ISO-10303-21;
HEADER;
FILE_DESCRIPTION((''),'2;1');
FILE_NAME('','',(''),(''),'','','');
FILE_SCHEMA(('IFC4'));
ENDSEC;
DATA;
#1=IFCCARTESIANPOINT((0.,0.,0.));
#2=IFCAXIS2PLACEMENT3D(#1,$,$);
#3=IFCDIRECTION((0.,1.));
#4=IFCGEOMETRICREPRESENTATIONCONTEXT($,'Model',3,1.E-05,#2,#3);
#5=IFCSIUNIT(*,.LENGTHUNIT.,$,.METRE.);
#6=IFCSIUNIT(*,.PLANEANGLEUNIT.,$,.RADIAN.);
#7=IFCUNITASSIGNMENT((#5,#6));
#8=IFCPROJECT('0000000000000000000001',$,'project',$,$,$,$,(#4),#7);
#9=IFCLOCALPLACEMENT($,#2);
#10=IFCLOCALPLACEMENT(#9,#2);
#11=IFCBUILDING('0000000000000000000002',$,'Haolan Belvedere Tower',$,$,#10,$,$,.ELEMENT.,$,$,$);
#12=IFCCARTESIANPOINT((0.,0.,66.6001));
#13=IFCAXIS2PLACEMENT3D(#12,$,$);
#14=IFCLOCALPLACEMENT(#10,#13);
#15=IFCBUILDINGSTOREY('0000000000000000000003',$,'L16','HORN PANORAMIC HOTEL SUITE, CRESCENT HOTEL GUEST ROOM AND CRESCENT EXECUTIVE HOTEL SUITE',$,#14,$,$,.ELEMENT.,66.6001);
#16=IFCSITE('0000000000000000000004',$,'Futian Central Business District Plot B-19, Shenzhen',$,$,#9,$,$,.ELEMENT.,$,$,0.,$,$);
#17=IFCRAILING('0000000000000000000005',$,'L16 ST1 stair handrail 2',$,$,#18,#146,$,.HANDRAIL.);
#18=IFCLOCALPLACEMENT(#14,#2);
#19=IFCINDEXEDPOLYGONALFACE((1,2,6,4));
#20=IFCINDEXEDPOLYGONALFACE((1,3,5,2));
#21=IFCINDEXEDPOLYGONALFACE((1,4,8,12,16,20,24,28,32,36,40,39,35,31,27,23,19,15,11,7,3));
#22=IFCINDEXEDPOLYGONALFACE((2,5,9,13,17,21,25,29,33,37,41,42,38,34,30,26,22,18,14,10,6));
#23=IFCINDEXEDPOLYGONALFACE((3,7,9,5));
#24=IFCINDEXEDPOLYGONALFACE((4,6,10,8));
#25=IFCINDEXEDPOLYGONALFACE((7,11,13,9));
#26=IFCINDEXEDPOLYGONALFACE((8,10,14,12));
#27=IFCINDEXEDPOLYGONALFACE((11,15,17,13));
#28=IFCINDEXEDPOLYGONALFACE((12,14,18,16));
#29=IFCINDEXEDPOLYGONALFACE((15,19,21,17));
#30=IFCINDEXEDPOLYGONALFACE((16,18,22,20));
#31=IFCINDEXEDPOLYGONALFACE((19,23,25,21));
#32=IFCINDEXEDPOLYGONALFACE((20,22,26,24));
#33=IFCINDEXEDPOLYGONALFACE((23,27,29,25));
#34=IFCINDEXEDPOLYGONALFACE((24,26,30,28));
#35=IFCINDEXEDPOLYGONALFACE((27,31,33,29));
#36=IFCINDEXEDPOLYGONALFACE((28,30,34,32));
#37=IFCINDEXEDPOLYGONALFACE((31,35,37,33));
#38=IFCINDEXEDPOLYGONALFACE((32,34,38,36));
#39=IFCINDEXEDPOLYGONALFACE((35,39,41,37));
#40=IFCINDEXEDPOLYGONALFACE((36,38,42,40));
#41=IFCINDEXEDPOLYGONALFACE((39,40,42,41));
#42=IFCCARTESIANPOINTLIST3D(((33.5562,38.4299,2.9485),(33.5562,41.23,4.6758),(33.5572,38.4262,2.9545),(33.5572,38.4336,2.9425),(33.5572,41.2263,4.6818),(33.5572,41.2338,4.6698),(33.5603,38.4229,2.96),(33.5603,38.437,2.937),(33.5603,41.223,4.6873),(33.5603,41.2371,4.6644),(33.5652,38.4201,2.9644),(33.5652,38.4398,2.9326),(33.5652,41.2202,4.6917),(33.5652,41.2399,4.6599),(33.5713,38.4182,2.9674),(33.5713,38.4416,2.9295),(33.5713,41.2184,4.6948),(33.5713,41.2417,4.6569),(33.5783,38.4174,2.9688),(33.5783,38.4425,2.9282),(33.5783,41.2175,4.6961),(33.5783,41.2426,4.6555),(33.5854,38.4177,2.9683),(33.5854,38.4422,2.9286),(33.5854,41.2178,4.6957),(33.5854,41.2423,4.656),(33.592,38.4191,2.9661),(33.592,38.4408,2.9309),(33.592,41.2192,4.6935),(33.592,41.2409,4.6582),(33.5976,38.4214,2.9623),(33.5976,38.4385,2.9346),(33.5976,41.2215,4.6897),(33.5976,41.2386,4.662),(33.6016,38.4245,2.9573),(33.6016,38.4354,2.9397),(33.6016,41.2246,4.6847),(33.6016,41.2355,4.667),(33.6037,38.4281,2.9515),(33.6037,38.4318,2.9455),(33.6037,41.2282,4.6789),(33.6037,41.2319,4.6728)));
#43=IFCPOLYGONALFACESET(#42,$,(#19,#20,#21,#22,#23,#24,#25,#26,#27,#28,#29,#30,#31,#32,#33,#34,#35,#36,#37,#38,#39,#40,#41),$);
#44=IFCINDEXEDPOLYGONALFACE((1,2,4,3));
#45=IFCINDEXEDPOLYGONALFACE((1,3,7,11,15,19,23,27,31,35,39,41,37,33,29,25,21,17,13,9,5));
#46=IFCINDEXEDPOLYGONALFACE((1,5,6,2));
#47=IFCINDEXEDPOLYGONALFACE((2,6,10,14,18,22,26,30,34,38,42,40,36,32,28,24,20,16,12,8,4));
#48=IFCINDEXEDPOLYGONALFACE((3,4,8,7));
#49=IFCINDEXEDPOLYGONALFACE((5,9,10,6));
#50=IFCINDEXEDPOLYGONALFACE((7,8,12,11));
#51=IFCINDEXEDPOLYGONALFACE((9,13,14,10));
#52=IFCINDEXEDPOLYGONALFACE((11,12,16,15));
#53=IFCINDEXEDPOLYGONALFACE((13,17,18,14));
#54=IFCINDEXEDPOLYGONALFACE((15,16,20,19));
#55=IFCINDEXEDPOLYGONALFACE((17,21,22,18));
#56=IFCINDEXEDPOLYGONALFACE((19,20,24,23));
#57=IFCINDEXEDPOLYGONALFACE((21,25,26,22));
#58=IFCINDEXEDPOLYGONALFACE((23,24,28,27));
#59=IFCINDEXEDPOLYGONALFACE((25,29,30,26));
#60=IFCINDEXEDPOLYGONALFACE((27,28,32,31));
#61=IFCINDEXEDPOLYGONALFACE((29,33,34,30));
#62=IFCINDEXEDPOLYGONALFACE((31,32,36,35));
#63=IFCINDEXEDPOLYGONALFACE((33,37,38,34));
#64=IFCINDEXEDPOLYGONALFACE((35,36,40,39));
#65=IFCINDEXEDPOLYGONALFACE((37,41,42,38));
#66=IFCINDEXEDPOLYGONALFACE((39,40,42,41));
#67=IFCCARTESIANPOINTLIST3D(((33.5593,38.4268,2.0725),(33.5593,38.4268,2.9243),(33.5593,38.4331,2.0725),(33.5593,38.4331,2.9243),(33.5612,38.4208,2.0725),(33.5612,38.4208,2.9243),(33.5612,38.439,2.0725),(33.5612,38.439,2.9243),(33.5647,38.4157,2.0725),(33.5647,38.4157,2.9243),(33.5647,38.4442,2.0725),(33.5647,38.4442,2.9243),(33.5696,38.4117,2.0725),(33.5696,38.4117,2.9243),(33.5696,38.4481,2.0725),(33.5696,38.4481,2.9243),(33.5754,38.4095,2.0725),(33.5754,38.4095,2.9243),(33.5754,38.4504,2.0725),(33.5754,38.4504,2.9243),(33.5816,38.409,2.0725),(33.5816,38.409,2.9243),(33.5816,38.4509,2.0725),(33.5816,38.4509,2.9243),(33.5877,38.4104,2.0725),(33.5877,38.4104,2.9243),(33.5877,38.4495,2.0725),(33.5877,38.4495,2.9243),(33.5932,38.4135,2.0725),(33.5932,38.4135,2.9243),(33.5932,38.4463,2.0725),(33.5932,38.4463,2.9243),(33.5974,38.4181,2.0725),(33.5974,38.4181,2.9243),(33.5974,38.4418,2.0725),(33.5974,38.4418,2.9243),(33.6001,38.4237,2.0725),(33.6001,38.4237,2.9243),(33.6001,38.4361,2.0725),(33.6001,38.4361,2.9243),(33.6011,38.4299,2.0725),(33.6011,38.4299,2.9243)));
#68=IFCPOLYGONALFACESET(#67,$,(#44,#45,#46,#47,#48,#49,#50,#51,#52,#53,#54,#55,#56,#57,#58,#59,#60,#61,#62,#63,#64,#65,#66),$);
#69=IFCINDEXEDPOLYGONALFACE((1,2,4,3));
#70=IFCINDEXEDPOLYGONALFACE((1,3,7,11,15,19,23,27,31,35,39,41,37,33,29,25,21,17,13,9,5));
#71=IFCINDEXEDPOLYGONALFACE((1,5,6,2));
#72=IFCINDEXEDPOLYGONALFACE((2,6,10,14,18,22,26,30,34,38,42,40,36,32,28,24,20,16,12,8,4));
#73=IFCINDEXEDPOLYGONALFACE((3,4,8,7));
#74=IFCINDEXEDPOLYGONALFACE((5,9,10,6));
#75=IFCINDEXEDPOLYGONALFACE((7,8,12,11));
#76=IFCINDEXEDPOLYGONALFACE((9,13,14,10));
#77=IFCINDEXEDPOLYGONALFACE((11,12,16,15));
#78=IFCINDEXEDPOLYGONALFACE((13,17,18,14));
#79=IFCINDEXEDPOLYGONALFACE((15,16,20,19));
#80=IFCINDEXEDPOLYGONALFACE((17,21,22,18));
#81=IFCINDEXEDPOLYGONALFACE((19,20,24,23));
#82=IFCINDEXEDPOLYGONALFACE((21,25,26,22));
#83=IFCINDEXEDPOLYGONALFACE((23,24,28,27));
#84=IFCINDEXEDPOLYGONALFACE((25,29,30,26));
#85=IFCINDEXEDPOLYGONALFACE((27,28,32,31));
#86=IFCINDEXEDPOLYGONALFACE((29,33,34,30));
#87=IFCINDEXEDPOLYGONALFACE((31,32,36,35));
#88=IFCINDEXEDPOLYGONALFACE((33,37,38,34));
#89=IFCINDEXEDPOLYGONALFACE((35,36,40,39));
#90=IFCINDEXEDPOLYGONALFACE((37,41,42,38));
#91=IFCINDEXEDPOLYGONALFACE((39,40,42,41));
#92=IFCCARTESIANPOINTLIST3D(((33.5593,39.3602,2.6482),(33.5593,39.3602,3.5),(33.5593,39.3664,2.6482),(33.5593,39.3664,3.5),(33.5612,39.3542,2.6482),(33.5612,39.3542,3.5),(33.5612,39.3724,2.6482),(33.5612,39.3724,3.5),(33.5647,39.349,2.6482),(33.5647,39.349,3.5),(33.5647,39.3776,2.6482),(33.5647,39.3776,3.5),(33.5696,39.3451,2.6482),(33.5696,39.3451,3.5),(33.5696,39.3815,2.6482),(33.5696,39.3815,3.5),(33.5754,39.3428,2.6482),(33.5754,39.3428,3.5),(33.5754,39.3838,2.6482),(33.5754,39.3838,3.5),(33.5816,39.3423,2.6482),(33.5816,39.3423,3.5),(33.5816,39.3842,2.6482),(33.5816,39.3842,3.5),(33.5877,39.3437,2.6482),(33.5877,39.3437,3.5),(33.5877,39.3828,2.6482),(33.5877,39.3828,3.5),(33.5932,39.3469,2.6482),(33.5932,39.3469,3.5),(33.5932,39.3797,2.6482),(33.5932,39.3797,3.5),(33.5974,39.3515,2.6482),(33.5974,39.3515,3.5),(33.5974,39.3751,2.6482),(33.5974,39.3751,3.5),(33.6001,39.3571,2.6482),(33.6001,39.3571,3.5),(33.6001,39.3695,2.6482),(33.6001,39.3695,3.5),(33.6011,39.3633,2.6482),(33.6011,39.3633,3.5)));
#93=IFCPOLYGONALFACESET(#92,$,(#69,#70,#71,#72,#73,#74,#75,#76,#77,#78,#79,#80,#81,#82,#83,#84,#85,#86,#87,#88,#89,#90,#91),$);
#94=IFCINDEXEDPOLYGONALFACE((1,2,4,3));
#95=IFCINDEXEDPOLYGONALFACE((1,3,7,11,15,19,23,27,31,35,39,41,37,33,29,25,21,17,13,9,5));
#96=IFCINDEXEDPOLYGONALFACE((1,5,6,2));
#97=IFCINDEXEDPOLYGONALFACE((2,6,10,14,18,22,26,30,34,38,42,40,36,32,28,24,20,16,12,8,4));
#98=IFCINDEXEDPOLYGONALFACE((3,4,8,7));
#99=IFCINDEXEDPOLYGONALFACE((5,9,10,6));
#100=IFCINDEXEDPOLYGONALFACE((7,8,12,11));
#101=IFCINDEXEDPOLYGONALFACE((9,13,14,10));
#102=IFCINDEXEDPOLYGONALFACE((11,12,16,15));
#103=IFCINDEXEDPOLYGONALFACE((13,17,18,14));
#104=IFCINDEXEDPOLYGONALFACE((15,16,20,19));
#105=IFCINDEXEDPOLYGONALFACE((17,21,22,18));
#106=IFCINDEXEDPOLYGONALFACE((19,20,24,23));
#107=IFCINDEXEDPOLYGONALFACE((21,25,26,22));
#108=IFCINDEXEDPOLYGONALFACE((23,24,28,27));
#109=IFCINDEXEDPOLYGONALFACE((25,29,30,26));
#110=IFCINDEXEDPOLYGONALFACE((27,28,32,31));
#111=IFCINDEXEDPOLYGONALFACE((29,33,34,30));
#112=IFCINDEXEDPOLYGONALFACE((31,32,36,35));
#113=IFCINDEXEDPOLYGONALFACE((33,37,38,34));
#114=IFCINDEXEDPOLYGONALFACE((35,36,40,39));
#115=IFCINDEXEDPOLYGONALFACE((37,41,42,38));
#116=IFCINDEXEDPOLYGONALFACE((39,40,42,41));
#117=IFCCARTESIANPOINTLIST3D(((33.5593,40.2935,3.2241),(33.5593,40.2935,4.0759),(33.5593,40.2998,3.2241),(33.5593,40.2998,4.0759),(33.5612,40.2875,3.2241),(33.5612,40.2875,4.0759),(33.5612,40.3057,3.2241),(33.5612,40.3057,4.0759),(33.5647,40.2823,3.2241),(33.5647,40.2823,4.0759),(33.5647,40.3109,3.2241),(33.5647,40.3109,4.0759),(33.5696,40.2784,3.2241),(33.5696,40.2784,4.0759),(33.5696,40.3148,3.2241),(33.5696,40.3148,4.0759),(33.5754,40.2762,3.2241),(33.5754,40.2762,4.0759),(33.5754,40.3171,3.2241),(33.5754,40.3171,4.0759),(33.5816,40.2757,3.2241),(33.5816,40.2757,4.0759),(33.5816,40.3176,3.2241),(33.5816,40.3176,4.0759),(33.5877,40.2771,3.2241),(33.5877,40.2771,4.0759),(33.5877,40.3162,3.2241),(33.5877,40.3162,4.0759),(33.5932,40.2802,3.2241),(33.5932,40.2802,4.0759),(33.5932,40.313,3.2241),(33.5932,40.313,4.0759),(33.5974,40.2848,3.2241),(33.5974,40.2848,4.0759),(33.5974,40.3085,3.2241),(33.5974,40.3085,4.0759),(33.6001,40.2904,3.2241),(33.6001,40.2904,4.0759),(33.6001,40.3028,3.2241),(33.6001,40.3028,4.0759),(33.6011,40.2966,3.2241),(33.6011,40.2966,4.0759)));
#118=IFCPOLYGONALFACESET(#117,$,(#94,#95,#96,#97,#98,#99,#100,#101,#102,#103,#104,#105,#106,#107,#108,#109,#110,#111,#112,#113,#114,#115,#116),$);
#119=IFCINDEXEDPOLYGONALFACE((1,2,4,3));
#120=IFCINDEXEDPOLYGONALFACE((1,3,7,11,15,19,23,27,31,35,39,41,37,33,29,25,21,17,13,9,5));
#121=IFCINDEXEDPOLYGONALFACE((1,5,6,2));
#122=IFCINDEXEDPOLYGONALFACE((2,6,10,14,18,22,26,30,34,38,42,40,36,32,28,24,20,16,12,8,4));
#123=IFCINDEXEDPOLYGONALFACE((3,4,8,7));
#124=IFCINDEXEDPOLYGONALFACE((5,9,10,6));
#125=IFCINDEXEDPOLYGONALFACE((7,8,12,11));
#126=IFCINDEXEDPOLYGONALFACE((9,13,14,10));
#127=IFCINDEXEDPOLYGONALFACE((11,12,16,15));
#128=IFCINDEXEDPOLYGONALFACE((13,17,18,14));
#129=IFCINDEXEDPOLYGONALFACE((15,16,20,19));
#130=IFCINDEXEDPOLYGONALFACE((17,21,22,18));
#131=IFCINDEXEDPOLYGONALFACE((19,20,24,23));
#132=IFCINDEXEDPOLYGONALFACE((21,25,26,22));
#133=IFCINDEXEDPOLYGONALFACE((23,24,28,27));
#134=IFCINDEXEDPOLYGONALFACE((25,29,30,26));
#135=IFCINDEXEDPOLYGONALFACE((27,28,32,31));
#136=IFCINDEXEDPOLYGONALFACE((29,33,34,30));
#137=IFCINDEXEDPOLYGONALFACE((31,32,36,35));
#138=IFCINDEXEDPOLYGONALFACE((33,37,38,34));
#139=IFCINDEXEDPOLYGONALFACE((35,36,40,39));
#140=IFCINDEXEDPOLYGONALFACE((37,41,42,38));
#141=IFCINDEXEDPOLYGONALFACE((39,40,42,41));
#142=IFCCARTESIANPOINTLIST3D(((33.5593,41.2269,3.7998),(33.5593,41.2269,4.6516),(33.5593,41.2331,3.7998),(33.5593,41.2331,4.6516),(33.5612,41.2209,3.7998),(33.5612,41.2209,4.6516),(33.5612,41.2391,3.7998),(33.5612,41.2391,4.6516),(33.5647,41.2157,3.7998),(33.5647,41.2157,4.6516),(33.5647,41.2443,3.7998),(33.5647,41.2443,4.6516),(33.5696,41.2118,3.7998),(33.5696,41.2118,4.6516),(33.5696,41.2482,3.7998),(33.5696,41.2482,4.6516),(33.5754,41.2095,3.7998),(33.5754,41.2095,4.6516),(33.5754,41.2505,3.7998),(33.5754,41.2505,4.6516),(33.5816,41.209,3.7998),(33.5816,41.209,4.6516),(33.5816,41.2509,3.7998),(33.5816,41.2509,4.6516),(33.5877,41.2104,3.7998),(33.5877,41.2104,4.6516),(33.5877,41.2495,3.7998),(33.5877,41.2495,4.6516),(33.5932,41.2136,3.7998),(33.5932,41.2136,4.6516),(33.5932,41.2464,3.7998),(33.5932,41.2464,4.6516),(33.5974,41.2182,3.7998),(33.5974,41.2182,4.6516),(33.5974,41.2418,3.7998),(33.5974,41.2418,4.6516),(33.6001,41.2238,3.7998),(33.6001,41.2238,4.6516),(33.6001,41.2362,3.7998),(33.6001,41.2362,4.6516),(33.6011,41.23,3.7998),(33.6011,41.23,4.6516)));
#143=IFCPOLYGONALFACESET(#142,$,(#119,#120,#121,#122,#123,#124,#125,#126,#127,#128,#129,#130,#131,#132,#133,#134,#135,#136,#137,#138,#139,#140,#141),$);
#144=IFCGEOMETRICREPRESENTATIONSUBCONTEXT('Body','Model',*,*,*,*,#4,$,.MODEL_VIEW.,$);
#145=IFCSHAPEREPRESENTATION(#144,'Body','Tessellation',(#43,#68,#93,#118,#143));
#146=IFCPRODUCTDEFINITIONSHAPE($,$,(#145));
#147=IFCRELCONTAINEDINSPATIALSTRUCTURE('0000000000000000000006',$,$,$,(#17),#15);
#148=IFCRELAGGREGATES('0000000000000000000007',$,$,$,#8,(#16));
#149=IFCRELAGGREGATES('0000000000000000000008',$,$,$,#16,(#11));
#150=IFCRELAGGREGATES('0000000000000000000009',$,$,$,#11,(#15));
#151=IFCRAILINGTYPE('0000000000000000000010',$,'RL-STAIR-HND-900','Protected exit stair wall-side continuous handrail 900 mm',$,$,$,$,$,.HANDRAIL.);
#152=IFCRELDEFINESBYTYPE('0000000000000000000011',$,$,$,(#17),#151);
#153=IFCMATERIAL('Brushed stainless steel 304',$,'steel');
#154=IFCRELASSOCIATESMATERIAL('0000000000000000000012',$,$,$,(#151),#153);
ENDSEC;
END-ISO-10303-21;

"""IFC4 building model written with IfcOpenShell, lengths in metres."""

from ifc_helpers import new_model, si_unit, direction, frame, origin, origin_2d, place, context, subcontext, project, spatial, circle, extrude, material, type_object, element, save


model = new_model("IFC4")

# Units and contexts
model_context = context("Model", 3, precision=1e-05, world=origin(), true_north=direction((0.0, 1.0)))
body_context = subcontext(model_context, "Body", "Model", "MODEL_VIEW")
ifc_project = project(units=[si_unit("LENGTHUNIT", "METRE"), si_unit("PLANEANGLEUNIT", "RADIAN")], contexts=[model_context])

# Site, building, storey
site_placement = place(None, origin())
site = spatial("IfcSite", under=ifc_project, at=site_placement, Name="Futian Central Business District Plot B-19, Shenzhen", CompositionType="ELEMENT", RefElevation=0.0)
building_placement = place(site_placement, origin())
building = spatial("IfcBuilding", under=site, at=building_placement, Name="Haolan Belvedere Tower", CompositionType="ELEMENT")
storey_placement = place(building_placement, frame((0.0, 0.0, 66.6001)))
storey = spatial("IfcBuildingStorey", under=building, at=storey_placement, Name="L16", Description="HORN PANORAMIC HOTEL SUITE, CRESCENT HOTEL GUEST ROOM AND CRESCENT EXECUTIVE HOTEL SUITE", CompositionType="ELEMENT", Elevation=66.6001)

# Railing
ifc_material_1 = material(Name="Brushed stainless steel 304", Category="steel")
railing_type_1 = type_object("IfcRailingType", Name="RL-STAIR-HND-900", Description="Protected exit stair wall-side continuous handrail 900 mm", PredefinedType="HANDRAIL", material=ifc_material_1)
railing_1_placement = place(storey_placement, frame((33.5801, 38.4299, 2.0725)))
element("IfcRailing", 1, at=railing_1_placement, inside=storey, type_object=railing_type_1, Name="L16 ST1 stair handrail 2", PredefinedType="HANDRAIL", context=body_context, shape_type="SweptSolid", body=[
    extrude(circle(Radius=0.0239, at=origin_2d()), frame((0.0, 0.0, 0.876), z_axis=(0.0, 0.85109, 0.52502), x_axis=(-1.0, 0.0, 0.0)), (0.0, 0.0, 1.0), 3.29),
    extrude(circle(Radius=0.021, at=origin_2d()), origin(), (0.0, 0.0, 1.0), 0.8518),
    extrude(circle(Radius=0.021, at=origin_2d()), frame((0.0, 0.9333, 0.5757)), (0.0, 0.0, 1.0), 0.8518),
    extrude(circle(Radius=0.021, at=origin_2d()), frame((0.0, 1.8667, 1.1516)), (0.0, 0.0, 1.0), 0.8518),
    extrude(circle(Radius=0.021, at=origin_2d()), frame((0.0, 2.8, 1.7273)), (0.0, 0.0, 1.0), 0.8518),
])

save(model, "model.ifc")
